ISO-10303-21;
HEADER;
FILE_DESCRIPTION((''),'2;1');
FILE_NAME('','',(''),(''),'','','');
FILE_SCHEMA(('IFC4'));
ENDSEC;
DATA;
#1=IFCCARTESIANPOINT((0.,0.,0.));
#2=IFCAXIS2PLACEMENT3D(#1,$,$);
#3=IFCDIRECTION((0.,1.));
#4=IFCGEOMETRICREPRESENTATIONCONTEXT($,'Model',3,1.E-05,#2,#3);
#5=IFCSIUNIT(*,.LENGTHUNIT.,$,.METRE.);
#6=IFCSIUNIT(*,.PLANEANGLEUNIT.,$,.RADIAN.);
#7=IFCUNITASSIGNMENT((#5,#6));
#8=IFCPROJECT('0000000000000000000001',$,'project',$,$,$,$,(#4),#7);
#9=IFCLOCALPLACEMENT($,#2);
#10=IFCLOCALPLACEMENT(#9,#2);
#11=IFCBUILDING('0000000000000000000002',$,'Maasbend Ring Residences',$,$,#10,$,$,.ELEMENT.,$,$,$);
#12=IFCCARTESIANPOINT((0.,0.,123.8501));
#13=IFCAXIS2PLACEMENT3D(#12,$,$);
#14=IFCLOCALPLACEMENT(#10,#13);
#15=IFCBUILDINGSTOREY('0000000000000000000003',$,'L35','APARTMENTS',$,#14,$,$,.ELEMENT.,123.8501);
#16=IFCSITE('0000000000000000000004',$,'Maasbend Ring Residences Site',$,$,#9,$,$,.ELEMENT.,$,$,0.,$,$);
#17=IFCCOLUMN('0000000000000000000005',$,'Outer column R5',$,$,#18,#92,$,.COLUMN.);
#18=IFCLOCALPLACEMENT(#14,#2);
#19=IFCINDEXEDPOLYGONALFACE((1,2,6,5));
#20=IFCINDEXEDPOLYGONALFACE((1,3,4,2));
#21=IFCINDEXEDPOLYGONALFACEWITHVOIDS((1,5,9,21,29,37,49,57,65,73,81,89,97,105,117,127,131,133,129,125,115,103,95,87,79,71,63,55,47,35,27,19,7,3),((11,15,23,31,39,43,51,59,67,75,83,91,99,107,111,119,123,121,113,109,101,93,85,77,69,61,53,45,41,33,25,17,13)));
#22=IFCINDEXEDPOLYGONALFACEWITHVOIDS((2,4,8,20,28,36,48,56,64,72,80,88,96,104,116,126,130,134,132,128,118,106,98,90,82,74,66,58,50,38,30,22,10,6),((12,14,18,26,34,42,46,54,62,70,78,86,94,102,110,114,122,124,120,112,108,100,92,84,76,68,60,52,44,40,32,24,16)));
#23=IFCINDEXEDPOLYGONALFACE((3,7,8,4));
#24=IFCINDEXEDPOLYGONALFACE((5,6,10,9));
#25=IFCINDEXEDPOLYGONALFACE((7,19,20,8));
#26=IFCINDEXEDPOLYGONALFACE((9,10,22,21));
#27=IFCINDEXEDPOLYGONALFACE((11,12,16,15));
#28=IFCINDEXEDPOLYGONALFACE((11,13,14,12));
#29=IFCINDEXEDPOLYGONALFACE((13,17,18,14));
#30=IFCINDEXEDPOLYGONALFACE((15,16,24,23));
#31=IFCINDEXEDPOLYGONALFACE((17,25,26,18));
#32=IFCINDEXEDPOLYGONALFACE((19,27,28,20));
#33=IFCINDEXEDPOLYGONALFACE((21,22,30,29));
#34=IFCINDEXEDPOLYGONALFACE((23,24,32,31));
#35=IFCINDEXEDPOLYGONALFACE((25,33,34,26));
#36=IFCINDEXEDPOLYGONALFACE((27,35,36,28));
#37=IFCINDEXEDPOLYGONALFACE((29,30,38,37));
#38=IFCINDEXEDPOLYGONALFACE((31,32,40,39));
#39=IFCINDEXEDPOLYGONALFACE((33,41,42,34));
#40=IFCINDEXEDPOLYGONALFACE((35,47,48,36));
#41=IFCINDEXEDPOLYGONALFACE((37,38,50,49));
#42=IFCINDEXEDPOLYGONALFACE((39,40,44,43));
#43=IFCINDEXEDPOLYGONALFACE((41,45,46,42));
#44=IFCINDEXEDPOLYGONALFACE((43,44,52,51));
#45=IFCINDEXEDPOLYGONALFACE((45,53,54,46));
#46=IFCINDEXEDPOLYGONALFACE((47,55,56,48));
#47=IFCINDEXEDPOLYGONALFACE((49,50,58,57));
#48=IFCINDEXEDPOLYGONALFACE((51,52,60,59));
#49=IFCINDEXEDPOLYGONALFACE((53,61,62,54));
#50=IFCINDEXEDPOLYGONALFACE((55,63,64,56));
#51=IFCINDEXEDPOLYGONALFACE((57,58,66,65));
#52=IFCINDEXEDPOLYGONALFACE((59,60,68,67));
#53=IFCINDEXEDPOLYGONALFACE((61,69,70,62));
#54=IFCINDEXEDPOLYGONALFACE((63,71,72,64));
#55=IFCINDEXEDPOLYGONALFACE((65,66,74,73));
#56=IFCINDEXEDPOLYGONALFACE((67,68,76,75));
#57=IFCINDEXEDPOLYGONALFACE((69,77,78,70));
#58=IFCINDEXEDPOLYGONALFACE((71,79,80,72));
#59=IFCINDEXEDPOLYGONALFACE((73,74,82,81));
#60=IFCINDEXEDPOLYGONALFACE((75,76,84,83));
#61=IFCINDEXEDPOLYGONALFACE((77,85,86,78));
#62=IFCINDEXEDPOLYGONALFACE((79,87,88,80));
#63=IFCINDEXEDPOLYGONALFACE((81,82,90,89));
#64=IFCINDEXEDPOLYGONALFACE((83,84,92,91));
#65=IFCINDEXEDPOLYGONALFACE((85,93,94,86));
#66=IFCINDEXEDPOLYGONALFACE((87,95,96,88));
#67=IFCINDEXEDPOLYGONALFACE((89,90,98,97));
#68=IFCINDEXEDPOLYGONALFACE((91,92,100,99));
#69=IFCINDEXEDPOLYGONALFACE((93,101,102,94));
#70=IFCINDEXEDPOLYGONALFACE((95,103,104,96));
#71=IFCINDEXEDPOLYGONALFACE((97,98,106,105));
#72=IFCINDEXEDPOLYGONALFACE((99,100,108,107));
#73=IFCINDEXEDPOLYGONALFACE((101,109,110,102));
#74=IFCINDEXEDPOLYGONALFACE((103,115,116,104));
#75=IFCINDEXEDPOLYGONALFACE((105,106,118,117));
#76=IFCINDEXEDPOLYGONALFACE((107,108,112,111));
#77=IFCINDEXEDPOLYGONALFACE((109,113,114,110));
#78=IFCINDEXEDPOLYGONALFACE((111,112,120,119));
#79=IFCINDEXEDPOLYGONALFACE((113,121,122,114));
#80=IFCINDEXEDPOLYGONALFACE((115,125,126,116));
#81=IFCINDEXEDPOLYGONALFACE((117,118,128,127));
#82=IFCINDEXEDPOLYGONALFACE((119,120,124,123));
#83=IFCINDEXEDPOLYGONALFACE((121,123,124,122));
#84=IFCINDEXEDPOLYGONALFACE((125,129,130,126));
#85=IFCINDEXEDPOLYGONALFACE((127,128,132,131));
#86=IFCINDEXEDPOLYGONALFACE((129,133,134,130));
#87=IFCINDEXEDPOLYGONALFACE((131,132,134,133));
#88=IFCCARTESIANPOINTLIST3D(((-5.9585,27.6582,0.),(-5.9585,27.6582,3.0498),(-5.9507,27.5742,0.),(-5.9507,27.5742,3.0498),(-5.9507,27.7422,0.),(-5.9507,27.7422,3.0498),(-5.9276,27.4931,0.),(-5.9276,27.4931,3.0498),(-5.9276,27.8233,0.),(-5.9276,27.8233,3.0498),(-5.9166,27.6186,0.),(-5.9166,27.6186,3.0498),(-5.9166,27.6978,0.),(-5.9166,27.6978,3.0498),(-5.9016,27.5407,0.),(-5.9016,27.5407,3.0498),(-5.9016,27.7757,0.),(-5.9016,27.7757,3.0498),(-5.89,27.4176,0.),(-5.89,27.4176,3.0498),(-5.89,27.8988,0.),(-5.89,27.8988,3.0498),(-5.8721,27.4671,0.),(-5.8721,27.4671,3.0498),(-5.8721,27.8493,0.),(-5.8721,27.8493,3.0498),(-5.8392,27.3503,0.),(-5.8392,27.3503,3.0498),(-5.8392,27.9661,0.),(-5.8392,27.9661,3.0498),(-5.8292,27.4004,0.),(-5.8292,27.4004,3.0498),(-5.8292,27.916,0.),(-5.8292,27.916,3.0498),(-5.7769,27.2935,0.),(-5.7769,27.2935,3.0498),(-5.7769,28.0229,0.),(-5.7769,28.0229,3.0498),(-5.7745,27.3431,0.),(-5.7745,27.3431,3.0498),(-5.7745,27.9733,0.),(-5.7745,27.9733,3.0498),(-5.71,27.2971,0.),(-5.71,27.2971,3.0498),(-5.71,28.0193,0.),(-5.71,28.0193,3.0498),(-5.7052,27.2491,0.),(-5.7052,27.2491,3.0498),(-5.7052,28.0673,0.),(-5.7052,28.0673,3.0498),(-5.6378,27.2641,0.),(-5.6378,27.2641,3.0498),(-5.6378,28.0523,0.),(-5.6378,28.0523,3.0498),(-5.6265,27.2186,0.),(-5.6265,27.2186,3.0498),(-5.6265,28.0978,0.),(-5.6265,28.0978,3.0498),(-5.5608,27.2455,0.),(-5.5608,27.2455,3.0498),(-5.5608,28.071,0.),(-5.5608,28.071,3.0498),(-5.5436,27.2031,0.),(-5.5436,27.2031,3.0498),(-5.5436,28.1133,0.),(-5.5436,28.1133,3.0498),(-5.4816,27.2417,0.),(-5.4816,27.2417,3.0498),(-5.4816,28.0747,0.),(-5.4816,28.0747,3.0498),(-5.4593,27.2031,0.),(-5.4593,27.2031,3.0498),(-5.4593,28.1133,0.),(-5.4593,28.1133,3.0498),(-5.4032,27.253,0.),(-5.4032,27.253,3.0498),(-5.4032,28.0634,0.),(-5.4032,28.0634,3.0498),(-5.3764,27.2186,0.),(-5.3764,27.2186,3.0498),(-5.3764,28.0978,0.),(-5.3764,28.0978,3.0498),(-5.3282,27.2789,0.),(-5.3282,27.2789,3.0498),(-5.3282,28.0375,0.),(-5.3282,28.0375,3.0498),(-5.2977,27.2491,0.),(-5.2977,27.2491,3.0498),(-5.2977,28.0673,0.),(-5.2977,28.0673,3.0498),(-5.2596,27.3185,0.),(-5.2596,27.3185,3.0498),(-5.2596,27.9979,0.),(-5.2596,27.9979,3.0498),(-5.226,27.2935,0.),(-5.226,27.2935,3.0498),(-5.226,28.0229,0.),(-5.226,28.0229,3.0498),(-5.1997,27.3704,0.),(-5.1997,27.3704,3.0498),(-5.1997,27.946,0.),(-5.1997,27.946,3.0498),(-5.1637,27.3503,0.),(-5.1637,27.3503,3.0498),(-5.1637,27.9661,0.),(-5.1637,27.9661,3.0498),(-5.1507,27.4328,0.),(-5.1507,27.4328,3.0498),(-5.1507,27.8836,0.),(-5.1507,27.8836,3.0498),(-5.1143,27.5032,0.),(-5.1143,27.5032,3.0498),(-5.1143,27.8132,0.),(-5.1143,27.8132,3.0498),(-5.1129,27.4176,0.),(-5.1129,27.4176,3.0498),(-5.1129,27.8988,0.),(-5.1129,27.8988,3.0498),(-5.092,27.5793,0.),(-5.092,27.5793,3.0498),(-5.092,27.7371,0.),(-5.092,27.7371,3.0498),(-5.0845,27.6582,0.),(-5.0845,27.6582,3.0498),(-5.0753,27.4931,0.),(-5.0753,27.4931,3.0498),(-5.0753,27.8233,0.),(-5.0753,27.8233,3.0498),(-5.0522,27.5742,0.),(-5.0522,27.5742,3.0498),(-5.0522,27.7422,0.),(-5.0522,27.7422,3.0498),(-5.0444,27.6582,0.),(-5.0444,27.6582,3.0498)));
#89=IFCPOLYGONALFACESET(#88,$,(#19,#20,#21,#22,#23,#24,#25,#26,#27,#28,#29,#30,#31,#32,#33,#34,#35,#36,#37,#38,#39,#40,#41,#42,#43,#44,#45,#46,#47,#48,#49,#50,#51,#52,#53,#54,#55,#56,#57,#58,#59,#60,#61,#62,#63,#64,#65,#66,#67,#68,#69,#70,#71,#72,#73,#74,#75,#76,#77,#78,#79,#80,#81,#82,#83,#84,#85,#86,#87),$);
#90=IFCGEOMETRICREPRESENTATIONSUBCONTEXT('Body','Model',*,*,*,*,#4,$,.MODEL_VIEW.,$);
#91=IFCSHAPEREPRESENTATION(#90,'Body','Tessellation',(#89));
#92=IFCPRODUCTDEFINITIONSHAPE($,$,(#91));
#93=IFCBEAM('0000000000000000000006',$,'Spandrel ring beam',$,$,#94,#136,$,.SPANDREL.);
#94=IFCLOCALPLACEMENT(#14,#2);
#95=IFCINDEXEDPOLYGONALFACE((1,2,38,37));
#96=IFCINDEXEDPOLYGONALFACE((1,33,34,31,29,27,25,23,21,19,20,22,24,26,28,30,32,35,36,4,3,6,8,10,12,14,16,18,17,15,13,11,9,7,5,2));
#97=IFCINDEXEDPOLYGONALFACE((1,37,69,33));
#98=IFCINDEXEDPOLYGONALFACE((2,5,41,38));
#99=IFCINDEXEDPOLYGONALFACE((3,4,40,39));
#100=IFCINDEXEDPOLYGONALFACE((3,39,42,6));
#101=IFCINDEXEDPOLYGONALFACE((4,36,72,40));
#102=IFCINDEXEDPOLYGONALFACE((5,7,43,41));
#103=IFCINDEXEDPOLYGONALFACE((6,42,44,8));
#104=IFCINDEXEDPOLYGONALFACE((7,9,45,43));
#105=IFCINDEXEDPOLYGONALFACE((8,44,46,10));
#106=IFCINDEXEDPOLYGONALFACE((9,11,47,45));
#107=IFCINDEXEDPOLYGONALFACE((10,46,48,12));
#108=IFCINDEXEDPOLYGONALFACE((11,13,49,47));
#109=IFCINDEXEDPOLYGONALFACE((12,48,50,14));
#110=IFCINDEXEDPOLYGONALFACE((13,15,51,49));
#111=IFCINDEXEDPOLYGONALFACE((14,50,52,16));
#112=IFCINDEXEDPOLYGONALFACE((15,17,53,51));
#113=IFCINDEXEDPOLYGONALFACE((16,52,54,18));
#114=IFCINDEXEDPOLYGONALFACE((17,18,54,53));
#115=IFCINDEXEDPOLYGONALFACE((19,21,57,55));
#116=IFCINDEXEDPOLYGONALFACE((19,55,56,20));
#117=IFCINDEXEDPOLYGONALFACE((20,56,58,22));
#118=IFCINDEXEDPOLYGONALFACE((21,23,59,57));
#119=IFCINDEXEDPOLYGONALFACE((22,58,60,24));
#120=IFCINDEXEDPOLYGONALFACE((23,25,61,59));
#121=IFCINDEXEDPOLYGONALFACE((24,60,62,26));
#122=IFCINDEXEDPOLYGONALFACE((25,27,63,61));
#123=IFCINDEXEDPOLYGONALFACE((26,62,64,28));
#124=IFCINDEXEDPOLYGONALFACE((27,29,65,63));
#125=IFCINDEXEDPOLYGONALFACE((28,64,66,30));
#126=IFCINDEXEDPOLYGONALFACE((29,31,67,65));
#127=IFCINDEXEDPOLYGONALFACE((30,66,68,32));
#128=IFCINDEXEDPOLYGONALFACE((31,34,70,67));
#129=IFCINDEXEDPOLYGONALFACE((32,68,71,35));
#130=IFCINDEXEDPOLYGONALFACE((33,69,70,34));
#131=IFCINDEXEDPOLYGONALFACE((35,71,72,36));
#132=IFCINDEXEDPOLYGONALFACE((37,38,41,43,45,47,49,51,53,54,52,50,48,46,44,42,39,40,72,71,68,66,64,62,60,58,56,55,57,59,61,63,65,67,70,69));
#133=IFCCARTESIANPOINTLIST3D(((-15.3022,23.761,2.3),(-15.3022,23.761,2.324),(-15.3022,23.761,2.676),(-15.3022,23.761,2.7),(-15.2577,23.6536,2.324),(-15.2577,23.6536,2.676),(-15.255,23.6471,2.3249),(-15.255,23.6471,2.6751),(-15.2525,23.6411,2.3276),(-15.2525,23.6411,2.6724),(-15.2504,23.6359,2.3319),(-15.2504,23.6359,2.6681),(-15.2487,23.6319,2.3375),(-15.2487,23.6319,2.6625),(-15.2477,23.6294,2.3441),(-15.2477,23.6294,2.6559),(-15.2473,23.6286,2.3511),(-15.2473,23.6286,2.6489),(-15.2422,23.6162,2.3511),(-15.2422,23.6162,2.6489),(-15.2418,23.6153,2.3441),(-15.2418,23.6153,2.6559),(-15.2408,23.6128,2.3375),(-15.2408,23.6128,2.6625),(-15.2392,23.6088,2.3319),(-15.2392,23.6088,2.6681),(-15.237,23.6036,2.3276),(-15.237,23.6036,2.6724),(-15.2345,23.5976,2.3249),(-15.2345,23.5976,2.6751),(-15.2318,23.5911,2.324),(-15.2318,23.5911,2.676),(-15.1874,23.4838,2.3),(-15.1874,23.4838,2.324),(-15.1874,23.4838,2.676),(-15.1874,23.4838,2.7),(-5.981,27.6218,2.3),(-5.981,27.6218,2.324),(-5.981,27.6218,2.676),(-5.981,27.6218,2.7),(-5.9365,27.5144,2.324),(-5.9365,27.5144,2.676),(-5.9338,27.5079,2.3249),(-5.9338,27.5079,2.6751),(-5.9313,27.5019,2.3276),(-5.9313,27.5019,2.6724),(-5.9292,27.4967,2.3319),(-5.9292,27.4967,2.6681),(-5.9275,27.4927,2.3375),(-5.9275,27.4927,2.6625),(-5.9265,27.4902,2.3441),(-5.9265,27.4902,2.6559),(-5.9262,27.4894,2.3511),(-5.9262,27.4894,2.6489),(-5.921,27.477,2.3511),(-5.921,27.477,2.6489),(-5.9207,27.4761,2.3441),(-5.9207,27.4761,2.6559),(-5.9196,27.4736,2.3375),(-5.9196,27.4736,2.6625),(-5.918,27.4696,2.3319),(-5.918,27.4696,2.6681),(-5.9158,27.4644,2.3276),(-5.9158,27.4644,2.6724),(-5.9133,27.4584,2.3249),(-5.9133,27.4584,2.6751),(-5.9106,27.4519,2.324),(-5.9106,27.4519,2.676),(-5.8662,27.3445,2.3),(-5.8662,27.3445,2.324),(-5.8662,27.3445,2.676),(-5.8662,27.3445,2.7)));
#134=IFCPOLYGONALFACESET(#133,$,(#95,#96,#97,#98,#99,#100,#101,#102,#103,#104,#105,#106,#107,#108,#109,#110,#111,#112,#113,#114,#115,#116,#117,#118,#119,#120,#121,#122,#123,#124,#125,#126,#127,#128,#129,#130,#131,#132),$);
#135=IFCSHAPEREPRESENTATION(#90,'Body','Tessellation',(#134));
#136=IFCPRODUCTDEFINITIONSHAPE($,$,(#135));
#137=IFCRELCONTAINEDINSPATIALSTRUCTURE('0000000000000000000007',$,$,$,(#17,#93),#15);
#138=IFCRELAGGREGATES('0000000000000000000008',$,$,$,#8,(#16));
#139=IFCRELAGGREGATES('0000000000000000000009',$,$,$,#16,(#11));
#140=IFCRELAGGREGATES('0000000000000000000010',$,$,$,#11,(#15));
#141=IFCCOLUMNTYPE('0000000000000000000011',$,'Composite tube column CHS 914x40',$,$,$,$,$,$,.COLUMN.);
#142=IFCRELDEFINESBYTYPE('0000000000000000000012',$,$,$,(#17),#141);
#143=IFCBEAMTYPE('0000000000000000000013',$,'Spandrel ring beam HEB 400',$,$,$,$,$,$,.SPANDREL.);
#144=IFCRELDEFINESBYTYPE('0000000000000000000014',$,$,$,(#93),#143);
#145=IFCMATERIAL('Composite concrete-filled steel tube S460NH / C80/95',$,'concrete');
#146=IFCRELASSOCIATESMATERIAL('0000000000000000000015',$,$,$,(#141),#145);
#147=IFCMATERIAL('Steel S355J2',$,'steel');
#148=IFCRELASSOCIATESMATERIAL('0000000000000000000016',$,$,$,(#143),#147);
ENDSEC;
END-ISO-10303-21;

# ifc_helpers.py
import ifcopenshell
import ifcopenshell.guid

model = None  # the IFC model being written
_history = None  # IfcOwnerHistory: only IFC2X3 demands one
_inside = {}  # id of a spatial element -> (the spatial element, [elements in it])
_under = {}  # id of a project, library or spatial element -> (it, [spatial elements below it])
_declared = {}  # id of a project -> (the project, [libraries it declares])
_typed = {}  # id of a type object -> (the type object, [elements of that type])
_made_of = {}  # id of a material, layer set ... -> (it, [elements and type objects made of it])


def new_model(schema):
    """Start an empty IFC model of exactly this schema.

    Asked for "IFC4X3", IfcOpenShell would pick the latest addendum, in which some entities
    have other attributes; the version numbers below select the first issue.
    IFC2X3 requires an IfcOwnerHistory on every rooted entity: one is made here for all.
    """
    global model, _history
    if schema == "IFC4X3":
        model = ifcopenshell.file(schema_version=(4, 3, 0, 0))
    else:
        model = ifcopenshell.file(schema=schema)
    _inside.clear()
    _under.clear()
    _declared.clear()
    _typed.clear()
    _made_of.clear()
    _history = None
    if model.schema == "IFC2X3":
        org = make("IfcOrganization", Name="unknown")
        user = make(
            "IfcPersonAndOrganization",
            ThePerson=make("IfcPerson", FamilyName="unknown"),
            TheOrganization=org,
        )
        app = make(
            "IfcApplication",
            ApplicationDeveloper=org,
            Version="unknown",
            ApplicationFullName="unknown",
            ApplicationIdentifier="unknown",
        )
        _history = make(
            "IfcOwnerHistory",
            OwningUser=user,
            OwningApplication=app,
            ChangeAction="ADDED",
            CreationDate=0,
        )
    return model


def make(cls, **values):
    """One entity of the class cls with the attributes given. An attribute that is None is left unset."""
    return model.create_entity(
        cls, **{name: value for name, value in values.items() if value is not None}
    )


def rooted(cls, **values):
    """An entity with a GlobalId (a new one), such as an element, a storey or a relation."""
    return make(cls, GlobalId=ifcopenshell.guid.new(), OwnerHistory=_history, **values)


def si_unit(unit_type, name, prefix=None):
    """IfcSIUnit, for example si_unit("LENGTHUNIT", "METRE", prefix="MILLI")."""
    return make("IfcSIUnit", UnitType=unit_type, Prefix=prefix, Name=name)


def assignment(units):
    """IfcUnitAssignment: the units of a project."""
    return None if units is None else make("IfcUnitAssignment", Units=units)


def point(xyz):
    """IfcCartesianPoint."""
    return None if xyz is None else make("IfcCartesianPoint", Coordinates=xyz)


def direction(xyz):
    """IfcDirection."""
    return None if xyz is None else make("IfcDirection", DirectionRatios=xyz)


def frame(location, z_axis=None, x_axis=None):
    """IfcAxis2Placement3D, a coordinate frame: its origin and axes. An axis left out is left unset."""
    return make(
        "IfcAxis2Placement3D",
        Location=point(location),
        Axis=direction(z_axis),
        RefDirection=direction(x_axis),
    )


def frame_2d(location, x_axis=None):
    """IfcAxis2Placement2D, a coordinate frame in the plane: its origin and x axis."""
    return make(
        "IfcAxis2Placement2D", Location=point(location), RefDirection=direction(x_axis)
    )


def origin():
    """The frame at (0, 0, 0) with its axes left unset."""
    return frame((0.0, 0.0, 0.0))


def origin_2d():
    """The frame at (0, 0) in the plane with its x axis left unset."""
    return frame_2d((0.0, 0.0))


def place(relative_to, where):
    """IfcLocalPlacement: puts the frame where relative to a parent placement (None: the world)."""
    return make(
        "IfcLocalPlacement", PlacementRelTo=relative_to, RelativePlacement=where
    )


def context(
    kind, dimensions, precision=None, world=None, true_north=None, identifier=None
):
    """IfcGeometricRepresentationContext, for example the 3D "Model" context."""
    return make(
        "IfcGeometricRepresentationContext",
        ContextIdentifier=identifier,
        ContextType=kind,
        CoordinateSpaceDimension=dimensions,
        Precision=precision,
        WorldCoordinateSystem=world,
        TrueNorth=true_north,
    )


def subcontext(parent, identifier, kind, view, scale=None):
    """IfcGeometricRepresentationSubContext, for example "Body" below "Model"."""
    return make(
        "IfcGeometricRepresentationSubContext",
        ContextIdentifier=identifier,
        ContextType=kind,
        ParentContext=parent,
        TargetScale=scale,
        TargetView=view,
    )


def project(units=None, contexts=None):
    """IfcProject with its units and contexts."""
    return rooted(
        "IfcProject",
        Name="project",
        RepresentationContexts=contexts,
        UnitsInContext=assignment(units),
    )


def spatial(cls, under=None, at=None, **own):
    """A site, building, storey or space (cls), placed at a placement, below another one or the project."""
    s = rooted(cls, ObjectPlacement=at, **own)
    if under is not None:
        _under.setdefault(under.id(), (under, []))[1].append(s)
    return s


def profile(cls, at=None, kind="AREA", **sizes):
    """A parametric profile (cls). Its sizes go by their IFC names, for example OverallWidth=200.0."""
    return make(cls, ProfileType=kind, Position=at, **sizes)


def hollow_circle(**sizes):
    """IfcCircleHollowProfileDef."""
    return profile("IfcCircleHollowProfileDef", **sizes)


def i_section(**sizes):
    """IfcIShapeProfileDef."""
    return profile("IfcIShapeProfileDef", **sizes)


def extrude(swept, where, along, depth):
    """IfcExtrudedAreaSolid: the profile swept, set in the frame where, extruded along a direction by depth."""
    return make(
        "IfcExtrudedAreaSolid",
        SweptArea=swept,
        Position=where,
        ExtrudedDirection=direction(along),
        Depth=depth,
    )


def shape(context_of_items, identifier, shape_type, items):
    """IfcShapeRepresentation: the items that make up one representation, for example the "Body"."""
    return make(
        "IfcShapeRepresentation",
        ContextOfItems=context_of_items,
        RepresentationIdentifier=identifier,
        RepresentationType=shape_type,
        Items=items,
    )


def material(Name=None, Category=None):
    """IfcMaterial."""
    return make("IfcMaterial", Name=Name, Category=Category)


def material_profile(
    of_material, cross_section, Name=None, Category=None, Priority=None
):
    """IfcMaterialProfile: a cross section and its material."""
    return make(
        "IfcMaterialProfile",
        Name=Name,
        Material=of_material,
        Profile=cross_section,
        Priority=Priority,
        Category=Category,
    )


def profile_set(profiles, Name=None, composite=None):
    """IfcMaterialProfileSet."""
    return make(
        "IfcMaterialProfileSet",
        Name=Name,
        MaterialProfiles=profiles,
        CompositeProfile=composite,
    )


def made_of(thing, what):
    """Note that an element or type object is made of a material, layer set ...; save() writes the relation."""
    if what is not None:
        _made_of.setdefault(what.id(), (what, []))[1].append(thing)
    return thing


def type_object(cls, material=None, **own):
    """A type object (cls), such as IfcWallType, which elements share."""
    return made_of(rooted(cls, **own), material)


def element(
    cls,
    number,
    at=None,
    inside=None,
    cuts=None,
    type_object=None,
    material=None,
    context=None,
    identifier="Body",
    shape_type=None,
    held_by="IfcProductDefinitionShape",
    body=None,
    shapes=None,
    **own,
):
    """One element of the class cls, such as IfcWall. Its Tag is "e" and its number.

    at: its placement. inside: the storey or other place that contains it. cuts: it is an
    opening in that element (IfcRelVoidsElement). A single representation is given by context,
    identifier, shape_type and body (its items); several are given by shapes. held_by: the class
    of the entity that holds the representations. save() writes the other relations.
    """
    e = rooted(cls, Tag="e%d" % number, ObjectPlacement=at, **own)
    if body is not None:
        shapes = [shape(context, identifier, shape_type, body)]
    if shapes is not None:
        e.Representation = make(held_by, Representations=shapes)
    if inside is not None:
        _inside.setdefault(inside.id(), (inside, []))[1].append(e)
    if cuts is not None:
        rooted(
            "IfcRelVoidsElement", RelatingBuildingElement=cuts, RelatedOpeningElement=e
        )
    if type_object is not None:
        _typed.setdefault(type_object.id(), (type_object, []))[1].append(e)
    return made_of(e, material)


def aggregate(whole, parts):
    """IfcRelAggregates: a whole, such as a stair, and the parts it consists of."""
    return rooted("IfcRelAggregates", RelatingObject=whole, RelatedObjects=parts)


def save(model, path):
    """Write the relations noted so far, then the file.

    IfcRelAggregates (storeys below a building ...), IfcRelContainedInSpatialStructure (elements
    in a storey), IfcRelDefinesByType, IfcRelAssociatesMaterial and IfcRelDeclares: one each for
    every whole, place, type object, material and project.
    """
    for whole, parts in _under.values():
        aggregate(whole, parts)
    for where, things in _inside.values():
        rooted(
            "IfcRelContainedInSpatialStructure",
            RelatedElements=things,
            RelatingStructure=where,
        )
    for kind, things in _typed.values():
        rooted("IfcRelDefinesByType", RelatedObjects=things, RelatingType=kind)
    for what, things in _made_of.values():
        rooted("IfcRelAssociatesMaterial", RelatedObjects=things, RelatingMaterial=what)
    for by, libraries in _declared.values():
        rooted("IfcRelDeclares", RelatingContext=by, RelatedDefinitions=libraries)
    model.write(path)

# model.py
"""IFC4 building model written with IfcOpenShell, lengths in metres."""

from ifc_helpers import new_model, si_unit, direction, frame, origin, origin_2d, place, context, subcontext, project, spatial, hollow_circle, i_section, extrude, material, material_profile, profile_set, type_object, element, save


model = new_model("IFC4")

# Units and contexts
model_context = context("Model", 3, precision=1e-05, world=origin(), true_north=direction((0.0, 1.0)))
body_context = subcontext(model_context, "Body", "Model", "MODEL_VIEW")
ifc_project = project(units=[si_unit("LENGTHUNIT", "METRE"), si_unit("PLANEANGLEUNIT", "RADIAN")], contexts=[model_context])

# Site, building, storey
site_placement = place(None, origin())
site = spatial("IfcSite", under=ifc_project, at=site_placement, Name="Maasbend Ring Residences Site", CompositionType="ELEMENT", RefElevation=0.0)
building_placement = place(site_placement, origin())
building = spatial("IfcBuilding", under=site, at=building_placement, Name="Maasbend Ring Residences", CompositionType="ELEMENT")
storey_placement = place(building_placement, frame((0.0, 0.0, 123.8501)))
storey = spatial("IfcBuildingStorey", under=building, at=storey_placement, Name="L35", Description="APARTMENTS", CompositionType="ELEMENT", Elevation=123.8501)

# Column
ifc_material_1 = material(Name="Composite concrete-filled steel tube S460NH / C80/95", Category="concrete")
ifc_material_profile_1 = material_profile(ifc_material_1, hollow_circle(Radius=0.457, WallThickness=0.04, at=origin_2d()), Name="Composite tube column CHS 914x40")
ifc_profile_set_1 = profile_set([ifc_material_profile_1], Name="Composite concrete-filled steel tube S460NH / C80/95")
column_type = type_object("IfcColumnType", Name="Composite tube column CHS 914x40", PredefinedType="COLUMN", material=ifc_profile_set_1)
column_placement = place(storey_placement, frame((-5.5015, 27.6582, 0.0), z_axis=(0.0, 0.0, 1.0), x_axis=(1.0, 0.0, 0.0)))
element("IfcColumn", 1, at=column_placement, inside=storey, type_object=column_type, Name="Outer column R5", PredefinedType="COLUMN", context=body_context, shape_type="SweptSolid", body=[
    extrude(hollow_circle(Radius=0.457, WallThickness=0.04, at=origin_2d()), origin(), (0.0, 0.0, 1.0), 3.0498),
])

# Beam
ifc_material_2 = material(Name="Steel S355J2", Category="steel")
ifc_material_profile_2 = material_profile(ifc_material_2, i_section(OverallWidth=0.3, OverallDepth=0.3999, WebThickness=0.0134, FlangeThickness=0.0239, FilletRadius=0.0271, at=origin_2d()), Name="HEB 400")
ifc_profile_set_2 = profile_set([ifc_material_profile_2], Name="Steel S355J2")
beam_type = type_object("IfcBeamType", Name="Spandrel ring beam HEB 400", PredefinedType="SPANDREL", material=ifc_profile_set_2)
beam_placement = place(storey_placement, frame((-5.9236, 27.4832, 2.5), z_axis=(-0.923885, -0.38267, 0.0), x_axis=(0.38267, -0.923885, 0.0)))
element("IfcBeam", 2, at=beam_placement, inside=storey, type_object=beam_type, Name="Spandrel ring beam", PredefinedType="SPANDREL", context=body_context, shape_type="SweptSolid", body=[
    extrude(i_section(OverallWidth=0.3, OverallDepth=0.3999, WebThickness=0.0134, FlangeThickness=0.0239, FilletRadius=0.0271, at=origin_2d()), origin(), (0.0, 0.0, 1.0), 10.0891),
])

save(model, "model.ifc")
